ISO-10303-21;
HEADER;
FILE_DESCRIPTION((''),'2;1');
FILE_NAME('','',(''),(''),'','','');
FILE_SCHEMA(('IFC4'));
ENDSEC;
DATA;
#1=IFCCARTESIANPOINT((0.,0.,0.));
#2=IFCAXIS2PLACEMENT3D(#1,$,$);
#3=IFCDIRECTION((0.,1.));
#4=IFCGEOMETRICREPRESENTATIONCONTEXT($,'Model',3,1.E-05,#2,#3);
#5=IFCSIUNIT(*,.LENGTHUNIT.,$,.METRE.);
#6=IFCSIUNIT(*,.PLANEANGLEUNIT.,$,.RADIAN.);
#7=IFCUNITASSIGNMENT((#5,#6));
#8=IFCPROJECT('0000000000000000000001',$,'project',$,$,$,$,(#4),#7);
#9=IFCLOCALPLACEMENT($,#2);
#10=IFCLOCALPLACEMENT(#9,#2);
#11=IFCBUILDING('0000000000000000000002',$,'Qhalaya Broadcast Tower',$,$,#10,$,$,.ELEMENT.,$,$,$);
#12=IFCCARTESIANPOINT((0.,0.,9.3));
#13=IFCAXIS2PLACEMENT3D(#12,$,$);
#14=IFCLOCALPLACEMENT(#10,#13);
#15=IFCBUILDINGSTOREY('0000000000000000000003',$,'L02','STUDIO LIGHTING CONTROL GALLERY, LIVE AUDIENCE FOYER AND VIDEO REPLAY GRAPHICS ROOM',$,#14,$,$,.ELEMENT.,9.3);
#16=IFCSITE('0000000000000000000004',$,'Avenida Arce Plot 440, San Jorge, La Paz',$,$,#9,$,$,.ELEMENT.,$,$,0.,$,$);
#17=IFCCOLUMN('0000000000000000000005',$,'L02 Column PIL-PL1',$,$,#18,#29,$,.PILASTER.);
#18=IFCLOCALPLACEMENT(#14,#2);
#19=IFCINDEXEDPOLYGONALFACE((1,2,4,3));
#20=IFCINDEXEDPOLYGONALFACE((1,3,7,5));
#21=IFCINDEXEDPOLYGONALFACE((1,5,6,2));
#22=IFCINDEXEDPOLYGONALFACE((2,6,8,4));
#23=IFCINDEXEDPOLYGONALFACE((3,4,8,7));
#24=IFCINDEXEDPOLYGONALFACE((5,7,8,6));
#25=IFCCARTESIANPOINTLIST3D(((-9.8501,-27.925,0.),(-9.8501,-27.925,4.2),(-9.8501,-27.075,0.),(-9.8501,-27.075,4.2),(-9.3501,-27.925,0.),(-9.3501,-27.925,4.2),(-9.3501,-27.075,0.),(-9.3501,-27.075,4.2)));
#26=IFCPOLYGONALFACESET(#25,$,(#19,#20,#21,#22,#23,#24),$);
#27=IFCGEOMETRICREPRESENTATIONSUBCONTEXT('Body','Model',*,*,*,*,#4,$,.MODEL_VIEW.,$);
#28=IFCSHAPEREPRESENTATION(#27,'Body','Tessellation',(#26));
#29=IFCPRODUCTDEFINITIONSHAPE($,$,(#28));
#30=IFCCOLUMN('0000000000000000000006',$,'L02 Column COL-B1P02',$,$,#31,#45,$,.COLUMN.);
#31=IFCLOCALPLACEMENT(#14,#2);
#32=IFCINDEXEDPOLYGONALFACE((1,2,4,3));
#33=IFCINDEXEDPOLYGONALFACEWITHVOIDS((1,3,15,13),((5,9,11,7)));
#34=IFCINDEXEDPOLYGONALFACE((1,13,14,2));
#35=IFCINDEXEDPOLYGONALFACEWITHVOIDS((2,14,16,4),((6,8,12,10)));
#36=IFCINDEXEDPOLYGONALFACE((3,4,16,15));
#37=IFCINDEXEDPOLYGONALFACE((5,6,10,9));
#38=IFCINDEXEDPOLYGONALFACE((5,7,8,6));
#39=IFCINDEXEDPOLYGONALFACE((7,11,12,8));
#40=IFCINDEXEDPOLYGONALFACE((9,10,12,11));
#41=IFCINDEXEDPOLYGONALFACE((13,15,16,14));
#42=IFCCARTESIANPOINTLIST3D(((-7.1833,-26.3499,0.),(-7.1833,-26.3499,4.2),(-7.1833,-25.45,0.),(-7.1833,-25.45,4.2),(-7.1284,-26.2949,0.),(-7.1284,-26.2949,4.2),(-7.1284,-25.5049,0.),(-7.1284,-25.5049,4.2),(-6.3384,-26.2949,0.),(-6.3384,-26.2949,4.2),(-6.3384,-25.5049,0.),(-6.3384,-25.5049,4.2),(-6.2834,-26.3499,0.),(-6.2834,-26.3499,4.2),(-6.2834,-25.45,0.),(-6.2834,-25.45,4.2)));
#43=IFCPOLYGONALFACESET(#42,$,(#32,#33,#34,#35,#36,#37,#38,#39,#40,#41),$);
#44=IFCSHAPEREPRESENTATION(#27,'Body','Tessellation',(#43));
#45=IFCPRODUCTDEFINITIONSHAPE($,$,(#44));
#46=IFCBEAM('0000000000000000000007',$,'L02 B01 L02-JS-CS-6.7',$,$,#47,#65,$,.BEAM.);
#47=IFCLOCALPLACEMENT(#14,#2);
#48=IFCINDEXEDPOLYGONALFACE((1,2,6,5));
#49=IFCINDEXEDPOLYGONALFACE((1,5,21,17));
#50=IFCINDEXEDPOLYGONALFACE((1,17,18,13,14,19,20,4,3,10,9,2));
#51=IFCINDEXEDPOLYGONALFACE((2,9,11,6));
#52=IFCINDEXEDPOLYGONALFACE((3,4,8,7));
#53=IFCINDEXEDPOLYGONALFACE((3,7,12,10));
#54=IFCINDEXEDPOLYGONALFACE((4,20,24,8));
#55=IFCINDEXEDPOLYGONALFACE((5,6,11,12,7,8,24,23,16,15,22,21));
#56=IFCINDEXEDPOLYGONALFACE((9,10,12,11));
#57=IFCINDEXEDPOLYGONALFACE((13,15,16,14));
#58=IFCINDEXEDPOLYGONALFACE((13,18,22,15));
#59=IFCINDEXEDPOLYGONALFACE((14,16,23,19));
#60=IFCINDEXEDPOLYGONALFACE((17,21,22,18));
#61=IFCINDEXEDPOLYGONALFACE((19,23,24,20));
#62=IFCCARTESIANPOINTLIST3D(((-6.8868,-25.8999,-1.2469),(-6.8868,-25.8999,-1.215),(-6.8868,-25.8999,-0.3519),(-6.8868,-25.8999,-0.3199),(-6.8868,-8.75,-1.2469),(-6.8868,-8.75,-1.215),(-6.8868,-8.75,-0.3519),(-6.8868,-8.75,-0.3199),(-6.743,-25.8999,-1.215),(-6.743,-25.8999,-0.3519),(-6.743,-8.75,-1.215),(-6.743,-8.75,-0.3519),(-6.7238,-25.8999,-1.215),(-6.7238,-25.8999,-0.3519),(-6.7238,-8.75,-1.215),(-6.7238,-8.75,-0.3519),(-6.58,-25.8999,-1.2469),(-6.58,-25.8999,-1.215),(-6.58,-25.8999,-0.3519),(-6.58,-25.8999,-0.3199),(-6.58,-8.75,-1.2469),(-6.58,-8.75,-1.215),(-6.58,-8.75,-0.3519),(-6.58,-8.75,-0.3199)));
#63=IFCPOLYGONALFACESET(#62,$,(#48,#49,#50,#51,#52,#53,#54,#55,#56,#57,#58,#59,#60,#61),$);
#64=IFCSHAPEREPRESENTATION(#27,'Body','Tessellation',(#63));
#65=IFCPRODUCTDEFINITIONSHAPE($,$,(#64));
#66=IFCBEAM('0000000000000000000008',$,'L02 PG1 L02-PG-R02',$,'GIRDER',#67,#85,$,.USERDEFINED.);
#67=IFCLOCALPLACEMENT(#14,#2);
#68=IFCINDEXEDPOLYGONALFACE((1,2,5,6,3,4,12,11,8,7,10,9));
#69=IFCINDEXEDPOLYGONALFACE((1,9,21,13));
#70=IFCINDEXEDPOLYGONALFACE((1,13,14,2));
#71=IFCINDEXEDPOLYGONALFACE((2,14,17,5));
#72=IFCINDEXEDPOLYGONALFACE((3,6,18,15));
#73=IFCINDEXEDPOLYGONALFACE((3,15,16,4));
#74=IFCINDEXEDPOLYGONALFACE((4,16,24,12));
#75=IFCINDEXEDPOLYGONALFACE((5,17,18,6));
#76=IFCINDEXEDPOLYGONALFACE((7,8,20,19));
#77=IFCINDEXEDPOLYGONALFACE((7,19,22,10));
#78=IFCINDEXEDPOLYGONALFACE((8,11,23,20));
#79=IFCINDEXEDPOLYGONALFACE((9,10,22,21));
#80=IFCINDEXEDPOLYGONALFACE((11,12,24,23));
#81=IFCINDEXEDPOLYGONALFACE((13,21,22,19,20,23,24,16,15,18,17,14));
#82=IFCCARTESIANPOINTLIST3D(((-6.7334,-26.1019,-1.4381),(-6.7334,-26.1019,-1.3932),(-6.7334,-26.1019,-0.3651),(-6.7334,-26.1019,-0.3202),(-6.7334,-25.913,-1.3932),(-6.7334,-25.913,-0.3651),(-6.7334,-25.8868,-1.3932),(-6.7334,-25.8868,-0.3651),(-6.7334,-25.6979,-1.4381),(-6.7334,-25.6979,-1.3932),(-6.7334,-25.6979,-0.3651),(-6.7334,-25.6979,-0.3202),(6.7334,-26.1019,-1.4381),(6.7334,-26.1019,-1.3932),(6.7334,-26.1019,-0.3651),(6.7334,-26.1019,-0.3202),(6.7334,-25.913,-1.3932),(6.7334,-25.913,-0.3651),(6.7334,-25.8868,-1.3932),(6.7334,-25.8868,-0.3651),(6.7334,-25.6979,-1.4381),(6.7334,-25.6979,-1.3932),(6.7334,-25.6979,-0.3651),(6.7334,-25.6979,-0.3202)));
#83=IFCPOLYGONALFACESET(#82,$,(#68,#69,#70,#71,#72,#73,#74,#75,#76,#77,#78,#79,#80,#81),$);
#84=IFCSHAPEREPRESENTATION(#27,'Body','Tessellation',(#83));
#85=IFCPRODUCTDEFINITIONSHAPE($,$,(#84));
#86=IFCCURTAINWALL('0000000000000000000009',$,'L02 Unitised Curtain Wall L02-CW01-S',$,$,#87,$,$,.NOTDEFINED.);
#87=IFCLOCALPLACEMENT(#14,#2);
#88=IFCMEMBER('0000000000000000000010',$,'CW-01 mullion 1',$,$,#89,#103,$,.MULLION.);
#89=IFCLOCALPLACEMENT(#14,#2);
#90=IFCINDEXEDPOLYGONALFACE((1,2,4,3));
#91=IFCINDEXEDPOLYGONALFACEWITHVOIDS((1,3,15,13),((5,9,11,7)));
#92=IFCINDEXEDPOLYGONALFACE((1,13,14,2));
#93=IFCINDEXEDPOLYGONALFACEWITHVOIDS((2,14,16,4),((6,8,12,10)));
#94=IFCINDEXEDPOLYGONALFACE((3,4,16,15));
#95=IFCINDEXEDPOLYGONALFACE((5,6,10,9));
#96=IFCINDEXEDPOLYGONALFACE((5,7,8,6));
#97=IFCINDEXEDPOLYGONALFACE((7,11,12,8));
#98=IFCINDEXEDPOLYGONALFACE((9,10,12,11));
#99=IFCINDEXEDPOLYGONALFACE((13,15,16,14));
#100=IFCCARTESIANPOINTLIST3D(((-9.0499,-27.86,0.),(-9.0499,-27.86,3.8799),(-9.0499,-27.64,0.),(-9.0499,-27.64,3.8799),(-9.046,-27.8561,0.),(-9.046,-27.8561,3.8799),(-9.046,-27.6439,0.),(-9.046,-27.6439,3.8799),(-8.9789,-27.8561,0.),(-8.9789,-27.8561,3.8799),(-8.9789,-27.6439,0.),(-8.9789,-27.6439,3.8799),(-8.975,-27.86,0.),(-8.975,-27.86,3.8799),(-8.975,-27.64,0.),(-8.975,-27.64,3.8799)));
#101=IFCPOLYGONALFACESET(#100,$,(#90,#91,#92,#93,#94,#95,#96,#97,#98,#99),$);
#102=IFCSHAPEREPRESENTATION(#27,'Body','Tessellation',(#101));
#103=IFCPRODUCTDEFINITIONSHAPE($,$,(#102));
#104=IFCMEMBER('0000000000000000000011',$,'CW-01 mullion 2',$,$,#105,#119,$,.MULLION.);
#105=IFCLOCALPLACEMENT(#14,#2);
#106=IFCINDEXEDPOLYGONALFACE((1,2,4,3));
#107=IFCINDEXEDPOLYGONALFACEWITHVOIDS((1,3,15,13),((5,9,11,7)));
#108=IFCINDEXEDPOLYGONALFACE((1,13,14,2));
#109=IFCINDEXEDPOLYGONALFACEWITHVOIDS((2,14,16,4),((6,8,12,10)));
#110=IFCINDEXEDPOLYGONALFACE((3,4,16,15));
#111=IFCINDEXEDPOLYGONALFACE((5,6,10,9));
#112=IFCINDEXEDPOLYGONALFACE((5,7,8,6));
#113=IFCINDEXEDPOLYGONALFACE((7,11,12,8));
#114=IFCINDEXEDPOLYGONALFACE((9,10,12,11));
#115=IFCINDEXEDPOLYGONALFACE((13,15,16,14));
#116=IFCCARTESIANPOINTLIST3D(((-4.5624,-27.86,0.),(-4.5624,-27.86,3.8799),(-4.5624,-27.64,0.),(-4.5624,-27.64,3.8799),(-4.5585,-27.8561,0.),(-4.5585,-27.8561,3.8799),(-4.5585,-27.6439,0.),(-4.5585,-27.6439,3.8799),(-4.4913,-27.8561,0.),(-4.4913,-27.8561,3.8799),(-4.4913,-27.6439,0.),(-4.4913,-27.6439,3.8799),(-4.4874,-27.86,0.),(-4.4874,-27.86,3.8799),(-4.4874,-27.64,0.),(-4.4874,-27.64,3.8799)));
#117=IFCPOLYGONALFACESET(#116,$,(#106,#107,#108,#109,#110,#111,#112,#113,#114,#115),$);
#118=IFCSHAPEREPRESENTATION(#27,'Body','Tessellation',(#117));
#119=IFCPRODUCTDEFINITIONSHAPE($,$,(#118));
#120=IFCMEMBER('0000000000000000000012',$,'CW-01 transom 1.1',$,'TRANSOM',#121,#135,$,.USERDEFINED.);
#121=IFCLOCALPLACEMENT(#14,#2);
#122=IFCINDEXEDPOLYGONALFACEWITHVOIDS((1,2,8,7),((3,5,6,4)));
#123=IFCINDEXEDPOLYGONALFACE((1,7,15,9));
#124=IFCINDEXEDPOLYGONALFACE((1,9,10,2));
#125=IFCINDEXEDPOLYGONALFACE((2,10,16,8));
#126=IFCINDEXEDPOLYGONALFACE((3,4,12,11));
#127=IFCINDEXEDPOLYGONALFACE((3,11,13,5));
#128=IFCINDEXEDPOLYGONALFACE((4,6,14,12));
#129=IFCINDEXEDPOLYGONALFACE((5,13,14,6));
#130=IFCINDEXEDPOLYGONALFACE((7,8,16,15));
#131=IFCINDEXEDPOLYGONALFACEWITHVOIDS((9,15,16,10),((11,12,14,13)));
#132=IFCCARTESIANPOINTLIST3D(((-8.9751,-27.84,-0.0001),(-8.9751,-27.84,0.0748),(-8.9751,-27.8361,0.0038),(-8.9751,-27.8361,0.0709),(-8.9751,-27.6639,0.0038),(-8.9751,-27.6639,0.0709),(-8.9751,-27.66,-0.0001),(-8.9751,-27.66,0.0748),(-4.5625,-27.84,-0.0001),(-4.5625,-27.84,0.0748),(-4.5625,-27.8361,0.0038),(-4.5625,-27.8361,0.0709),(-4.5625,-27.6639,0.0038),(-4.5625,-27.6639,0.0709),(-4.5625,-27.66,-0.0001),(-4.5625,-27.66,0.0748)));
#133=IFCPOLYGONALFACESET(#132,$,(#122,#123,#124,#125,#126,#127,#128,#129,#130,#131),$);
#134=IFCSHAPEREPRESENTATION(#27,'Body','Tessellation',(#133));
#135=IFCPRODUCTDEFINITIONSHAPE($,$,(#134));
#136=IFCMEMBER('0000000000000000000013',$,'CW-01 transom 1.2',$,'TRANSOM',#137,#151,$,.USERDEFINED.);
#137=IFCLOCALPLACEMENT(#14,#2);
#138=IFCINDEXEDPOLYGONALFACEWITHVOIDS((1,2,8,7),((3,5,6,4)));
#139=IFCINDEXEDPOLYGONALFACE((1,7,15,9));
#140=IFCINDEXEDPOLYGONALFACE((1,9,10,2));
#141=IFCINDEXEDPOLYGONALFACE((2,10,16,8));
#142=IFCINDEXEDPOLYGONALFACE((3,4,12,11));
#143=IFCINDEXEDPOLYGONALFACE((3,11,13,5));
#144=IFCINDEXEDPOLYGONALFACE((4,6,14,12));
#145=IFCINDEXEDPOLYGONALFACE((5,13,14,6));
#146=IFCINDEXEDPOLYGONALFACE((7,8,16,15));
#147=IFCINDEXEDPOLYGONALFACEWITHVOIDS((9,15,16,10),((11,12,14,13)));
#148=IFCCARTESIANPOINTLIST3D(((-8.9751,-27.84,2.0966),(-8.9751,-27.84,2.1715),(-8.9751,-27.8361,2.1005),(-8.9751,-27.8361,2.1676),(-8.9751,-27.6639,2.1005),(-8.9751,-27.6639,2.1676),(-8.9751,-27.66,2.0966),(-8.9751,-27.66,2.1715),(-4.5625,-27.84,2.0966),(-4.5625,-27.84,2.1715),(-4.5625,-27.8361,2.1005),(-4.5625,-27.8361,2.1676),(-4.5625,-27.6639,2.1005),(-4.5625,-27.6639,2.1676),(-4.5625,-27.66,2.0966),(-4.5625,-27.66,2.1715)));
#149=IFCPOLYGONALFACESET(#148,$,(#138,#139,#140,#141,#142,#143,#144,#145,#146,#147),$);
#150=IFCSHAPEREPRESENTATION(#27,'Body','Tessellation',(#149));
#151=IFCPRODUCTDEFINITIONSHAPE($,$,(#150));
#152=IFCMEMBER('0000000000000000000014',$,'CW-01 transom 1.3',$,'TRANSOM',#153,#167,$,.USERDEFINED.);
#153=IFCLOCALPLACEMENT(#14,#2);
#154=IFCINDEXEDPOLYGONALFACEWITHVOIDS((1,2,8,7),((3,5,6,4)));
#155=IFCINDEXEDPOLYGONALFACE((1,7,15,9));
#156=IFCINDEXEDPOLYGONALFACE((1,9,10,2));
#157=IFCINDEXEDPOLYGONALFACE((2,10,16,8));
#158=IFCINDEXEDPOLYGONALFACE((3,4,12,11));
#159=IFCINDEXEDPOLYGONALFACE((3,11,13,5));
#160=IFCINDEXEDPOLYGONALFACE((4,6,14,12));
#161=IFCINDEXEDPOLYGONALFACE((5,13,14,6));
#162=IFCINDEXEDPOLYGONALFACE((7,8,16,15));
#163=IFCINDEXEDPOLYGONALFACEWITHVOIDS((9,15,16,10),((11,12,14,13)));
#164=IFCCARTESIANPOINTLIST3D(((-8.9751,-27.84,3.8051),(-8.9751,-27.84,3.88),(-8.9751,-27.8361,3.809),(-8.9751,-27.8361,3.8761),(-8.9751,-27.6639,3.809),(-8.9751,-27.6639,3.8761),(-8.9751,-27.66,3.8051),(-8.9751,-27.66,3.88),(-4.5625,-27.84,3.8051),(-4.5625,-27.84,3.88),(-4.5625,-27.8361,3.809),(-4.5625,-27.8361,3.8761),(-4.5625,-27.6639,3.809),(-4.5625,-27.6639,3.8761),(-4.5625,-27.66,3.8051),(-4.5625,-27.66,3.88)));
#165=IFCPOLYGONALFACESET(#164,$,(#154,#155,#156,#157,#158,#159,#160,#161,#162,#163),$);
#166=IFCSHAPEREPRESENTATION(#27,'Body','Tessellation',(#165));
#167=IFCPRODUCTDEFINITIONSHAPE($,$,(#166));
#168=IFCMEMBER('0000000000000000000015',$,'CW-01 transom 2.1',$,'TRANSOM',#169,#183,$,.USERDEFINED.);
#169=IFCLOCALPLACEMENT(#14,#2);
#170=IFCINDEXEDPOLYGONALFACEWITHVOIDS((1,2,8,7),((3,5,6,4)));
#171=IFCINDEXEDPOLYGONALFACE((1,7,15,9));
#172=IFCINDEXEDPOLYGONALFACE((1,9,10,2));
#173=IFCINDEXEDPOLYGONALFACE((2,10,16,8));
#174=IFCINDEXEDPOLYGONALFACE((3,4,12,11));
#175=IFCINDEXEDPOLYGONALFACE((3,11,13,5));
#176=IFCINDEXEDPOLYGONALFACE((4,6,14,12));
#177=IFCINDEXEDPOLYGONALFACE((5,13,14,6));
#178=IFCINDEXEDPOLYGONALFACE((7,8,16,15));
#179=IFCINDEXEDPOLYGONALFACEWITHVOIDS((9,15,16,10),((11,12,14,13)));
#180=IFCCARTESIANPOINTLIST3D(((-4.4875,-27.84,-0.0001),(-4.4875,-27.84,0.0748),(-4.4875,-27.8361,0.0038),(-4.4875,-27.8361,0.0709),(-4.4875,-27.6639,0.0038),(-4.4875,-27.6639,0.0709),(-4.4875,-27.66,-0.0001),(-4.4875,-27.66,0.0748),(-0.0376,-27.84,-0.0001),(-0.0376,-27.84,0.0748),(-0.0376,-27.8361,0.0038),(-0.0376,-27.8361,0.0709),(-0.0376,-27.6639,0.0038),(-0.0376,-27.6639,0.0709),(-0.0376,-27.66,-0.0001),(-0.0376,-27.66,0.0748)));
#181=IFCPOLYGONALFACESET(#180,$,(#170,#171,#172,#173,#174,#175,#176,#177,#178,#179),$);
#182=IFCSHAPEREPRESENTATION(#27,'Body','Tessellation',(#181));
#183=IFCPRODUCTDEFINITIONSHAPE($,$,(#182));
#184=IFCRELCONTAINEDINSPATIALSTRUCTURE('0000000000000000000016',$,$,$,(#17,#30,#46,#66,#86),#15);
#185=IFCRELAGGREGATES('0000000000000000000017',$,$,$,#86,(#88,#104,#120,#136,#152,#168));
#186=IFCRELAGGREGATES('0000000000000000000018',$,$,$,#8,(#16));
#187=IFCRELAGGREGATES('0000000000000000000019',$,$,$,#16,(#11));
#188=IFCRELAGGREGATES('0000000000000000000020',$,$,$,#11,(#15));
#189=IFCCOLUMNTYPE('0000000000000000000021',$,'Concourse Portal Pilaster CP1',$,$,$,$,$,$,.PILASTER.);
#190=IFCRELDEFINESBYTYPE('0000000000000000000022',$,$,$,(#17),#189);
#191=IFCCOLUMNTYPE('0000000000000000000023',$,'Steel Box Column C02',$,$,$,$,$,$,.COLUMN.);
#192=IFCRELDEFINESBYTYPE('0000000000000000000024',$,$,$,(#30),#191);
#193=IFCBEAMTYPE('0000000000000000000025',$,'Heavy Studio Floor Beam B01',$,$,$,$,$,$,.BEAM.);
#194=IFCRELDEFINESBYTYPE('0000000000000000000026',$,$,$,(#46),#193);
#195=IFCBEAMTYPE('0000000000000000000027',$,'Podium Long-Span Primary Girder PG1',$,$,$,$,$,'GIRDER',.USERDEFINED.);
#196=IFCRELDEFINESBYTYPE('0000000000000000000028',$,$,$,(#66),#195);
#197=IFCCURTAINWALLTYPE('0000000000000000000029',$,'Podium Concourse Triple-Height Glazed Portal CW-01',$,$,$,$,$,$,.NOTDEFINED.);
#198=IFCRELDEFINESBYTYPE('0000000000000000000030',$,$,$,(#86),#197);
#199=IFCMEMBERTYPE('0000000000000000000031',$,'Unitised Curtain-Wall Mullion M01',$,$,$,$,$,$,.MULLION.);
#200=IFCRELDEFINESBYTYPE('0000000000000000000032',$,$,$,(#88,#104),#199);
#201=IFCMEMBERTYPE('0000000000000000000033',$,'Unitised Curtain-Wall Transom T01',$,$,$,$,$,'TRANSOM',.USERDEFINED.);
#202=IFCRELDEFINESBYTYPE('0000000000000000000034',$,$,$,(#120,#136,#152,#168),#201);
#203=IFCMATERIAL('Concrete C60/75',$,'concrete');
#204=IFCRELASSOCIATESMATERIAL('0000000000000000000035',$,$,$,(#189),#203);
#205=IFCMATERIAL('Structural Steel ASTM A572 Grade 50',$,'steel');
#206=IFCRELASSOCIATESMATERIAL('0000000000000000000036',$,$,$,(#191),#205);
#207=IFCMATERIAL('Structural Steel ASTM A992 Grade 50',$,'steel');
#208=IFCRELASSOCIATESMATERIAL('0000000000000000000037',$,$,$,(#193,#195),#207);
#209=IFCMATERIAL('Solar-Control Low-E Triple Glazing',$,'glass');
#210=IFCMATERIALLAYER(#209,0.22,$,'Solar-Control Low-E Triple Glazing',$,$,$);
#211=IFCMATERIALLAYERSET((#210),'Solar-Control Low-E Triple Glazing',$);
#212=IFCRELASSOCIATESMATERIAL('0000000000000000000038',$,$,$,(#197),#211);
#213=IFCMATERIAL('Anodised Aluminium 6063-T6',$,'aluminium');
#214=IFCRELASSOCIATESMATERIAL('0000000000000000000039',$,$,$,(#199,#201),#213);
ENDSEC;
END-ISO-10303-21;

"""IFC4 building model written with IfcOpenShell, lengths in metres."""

from ifc_helpers import new_model, si_unit, direction, frame, origin, origin_2d, place, context, subcontext, project, spatial, rectangle, hollow_rectangle, i_section, extrude, material, layer, layer_set, material_profile, profile_set, type_object, element, aggregate, save


model = new_model("IFC4")

# Units and contexts
model_context = context("Model", 3, precision=1e-05, world=origin(), true_north=direction((0.0, 1.0)))
body_context = subcontext(model_context, "Body", "Model", "MODEL_VIEW")
ifc_project = project(units=[si_unit("LENGTHUNIT", "METRE"), si_unit("PLANEANGLEUNIT", "RADIAN")], contexts=[model_context])

# Site, building, storey
site_placement = place(None, origin())
site = spatial("IfcSite", under=ifc_project, at=site_placement, Name="Avenida Arce Plot 440, San Jorge, La Paz", CompositionType="ELEMENT", RefElevation=0.0)
building_placement = place(site_placement, origin())
building = spatial("IfcBuilding", under=site, at=building_placement, Name="Qhalaya Broadcast Tower", CompositionType="ELEMENT")
storey_placement = place(building_placement, frame((0.0, 0.0, 9.3)))
storey = spatial("IfcBuildingStorey", under=building, at=storey_placement, Name="L02", Description="STUDIO LIGHTING CONTROL GALLERY, LIVE AUDIENCE FOYER AND VIDEO REPLAY GRAPHICS ROOM", CompositionType="ELEMENT", Elevation=9.3)

# Columns
ifc_material_1 = material(Name="Concrete C60/75", Category="concrete")
ifc_material_profile_1 = material_profile(ifc_material_1, rectangle(XDim=0.5, YDim=0.8501, at=origin_2d()), Name="RC-PIL 500x850")
ifc_profile_set_1 = profile_set([ifc_material_profile_1], Name="Concrete C60/75")
column_type_1 = type_object("IfcColumnType", Name="Concourse Portal Pilaster CP1", PredefinedType="PILASTER", material=ifc_profile_set_1)
column_1_placement = place(storey_placement, frame((-9.6001, -27.5, 0.0), z_axis=(0.0, 0.0, 1.0), x_axis=(1.0, 0.0, 0.0)))
element("IfcColumn", 1, at=column_1_placement, inside=storey, type_object=column_type_1, Name="L02 Column PIL-PL1", PredefinedType="PILASTER", context=body_context, shape_type="SweptSolid", body=[
    extrude(rectangle(XDim=0.5, YDim=0.8501, at=origin_2d()), origin(), (0.0, 0.0, 1.0), 4.2),
])
ifc_material_2 = material(Name="Structural Steel ASTM A572 Grade 50", Category="steel")
ifc_material_profile_2 = material_profile(ifc_material_2, hollow_rectangle(XDim=0.8999, YDim=0.8999, WallThickness=0.0549, at=origin_2d()), Name="BOX 900x900x55")
ifc_profile_set_2 = profile_set([ifc_material_profile_2], Name="Structural Steel ASTM A572 Grade 50")
column_type_2 = type_object("IfcColumnType", Name="Steel Box Column C02", PredefinedType="COLUMN", material=ifc_profile_set_2)
column_2_placement = place(storey_placement, frame((-6.7334, -25.8999, 0.0), z_axis=(0.0, 0.0, 1.0), x_axis=(1.0, 0.0, 0.0)))
element("IfcColumn", 2, at=column_2_placement, inside=storey, type_object=column_type_2, Name="L02 Column COL-B1P02", PredefinedType="COLUMN", context=body_context, shape_type="SweptSolid", body=[
    extrude(hollow_rectangle(XDim=0.8999, YDim=0.8999, WallThickness=0.0549, at=origin_2d()), origin(), (0.0, 0.0, 1.0), 4.2),
])

# Beams
ifc_material_3 = material(Name="Structural Steel ASTM A992 Grade 50", Category="steel")
ifc_material_profile_3 = material_profile(ifc_material_3, i_section(OverallWidth=0.3069, OverallDepth=0.927, WebThickness=0.0193, FlangeThickness=0.032, at=origin_2d()), Name="W36X194")
ifc_profile_set_3 = profile_set([ifc_material_profile_3], Name="Structural Steel ASTM A992 Grade 50")
beam_type_1 = type_object("IfcBeamType", Name="Heavy Studio Floor Beam B01", PredefinedType="BEAM", material=ifc_profile_set_3)
beam_1_placement = place(storey_placement, frame((-6.7334, -25.8999, -0.7834), z_axis=(0.0, 1.0, 0.0), x_axis=(-1.0, 0.0, 0.0)))
element("IfcBeam", 3, at=beam_1_placement, inside=storey, type_object=beam_type_1, Name="L02 B01 L02-JS-CS-6.7", PredefinedType="BEAM", context=body_context, shape_type="SweptSolid", body=[
    extrude(i_section(OverallWidth=0.3069, OverallDepth=0.927, WebThickness=0.0193, FlangeThickness=0.032, at=origin_2d()), origin(), (0.0, 0.0, 1.0), 17.1499),
])
ifc_material_profile_4 = material_profile(ifc_material_3, i_section(OverallWidth=0.4041, OverallDepth=1.1179, WebThickness=0.0261, FlangeThickness=0.0449, at=origin_2d()), Name="W44X335")
ifc_profile_set_4 = profile_set([ifc_material_profile_4], Name="Structural Steel ASTM A992 Grade 50")
beam_type_2 = type_object("IfcBeamType", Name="Podium Long-Span Primary Girder PG1", ElementType="GIRDER", PredefinedType="USERDEFINED", material=ifc_profile_set_4)
beam_2_placement = place(storey_placement, frame((-6.7334, -25.8999, -0.8792), z_axis=(1.0, 0.0, 0.0), x_axis=(0.0, 1.0, 0.0)))
element("IfcBeam", 4, at=beam_2_placement, inside=storey, type_object=beam_type_2, Name="L02 PG1 L02-PG-R02", ObjectType="GIRDER", PredefinedType="USERDEFINED", context=body_context, shape_type="SweptSolid", body=[
    extrude(i_section(OverallWidth=0.4041, OverallDepth=1.1179, WebThickness=0.0261, FlangeThickness=0.0449, at=origin_2d()), origin(), (0.0, 0.0, 1.0), 13.4668),
])

# Curtain wall, members
ifc_material_4 = material(Name="Solar-Control Low-E Triple Glazing", Category="glass")
ifc_layer_1 = layer(ifc_material_4, 0.22, Name="Solar-Control Low-E Triple Glazing")
ifc_layer_set_1 = layer_set([ifc_layer_1], Name="Solar-Control Low-E Triple Glazing")
curtain_wall_type = type_object("IfcCurtainWallType", Name="Podium Concourse Triple-Height Glazed Portal CW-01", PredefinedType="NOTDEFINED", material=ifc_layer_set_1)
curtain_wall_placement = place(storey_placement, origin())
curtain_wall = element("IfcCurtainWall", 5, at=curtain_wall_placement, inside=storey, type_object=curtain_wall_type, Name="L02 Unitised Curtain Wall L02-CW01-S", PredefinedType="NOTDEFINED")
ifc_material_5 = material(Name="Anodised Aluminium 6063-T6", Category="aluminium")
ifc_material_profile_5 = material_profile(ifc_material_5, hollow_rectangle(XDim=0.075, YDim=0.22, WallThickness=0.0039, at=origin_2d()), Name="ALU-MUL 75x220x4")
ifc_profile_set_5 = profile_set([ifc_material_profile_5], Name="Anodised Aluminium 6063-T6")
member_type_1 = type_object("IfcMemberType", Name="Unitised Curtain-Wall Mullion M01", PredefinedType="MULLION", material=ifc_profile_set_5)
member_1_placement = place(storey_placement, frame((-9.0125, -27.75, 0.0), z_axis=(0.0, 0.0, 1.0), x_axis=(1.0, 0.0, 0.0)))
member_1 = element("IfcMember", 6, at=member_1_placement, type_object=member_type_1, Name="CW-01 mullion 1", PredefinedType="MULLION", context=body_context, shape_type="SweptSolid", body=[
    extrude(hollow_rectangle(XDim=0.075, YDim=0.22, WallThickness=0.0039, at=origin_2d()), origin(), (0.0, 0.0, 1.0), 3.8799),
])
member_2_placement = place(storey_placement, frame((-4.5249, -27.75, 0.0), z_axis=(0.0, 0.0, 1.0), x_axis=(1.0, 0.0, 0.0)))
member_2 = element("IfcMember", 7, at=member_2_placement, type_object=member_type_1, Name="CW-01 mullion 2", PredefinedType="MULLION", context=body_context, shape_type="SweptSolid", body=[
    extrude(hollow_rectangle(XDim=0.075, YDim=0.22, WallThickness=0.0039, at=origin_2d()), origin(), (0.0, 0.0, 1.0), 3.8799),
])
ifc_material_profile_6 = material_profile(ifc_material_5, hollow_rectangle(XDim=0.075, YDim=0.1799, WallThickness=0.0039, at=origin_2d()), Name="ALU-TRN 75x180x4")
ifc_profile_set_6 = profile_set([ifc_material_profile_6], Name="Anodised Aluminium 6063-T6")
member_type_2 = type_object("IfcMemberType", Name="Unitised Curtain-Wall Transom T01", ElementType="TRANSOM", PredefinedType="USERDEFINED", material=ifc_profile_set_6)
member_3_placement = place(storey_placement, frame((-8.9751, -27.75, 0.0374), z_axis=(1.0, 0.0, 0.0), x_axis=(0.0, 0.0, 1.0)))
member_3 = element("IfcMember", 8, at=member_3_placement, type_object=member_type_2, Name="CW-01 transom 1.1", ObjectType="TRANSOM", PredefinedType="USERDEFINED", context=body_context, shape_type="SweptSolid", body=[
    extrude(hollow_rectangle(XDim=0.075, YDim=0.1799, WallThickness=0.0039, at=origin_2d()), origin(), (0.0, 0.0, 1.0), 4.4126),
])
member_4_placement = place(storey_placement, frame((-8.9751, -27.75, 2.134), z_axis=(1.0, 0.0, 0.0), x_axis=(0.0, 0.0, 1.0)))
member_4 = element("IfcMember", 9, at=member_4_placement, type_object=member_type_2, Name="CW-01 transom 1.2", ObjectType="TRANSOM", PredefinedType="USERDEFINED", context=body_context, shape_type="SweptSolid", body=[
    extrude(hollow_rectangle(XDim=0.075, YDim=0.1799, WallThickness=0.0039, at=origin_2d()), origin(), (0.0, 0.0, 1.0), 4.4126),
])
member_5_placement = place(storey_placement, frame((-8.9751, -27.75, 3.8425), z_axis=(1.0, 0.0, 0.0), x_axis=(0.0, 0.0, 1.0)))
member_5 = element("IfcMember", 10, at=member_5_placement, type_object=member_type_2, Name="CW-01 transom 1.3", ObjectType="TRANSOM", PredefinedType="USERDEFINED", context=body_context, shape_type="SweptSolid", body=[
    extrude(hollow_rectangle(XDim=0.075, YDim=0.1799, WallThickness=0.0039, at=origin_2d()), origin(), (0.0, 0.0, 1.0), 4.4126),
])
member_6_placement = place(storey_placement, frame((-4.4875, -27.75, 0.0374), z_axis=(1.0, 0.0, 0.0), x_axis=(0.0, 0.0, 1.0)))
member_6 = element("IfcMember", 11, at=member_6_placement, type_object=member_type_2, Name="CW-01 transom 2.1", ObjectType="TRANSOM", PredefinedType="USERDEFINED", context=body_context, shape_type="SweptSolid", body=[
    extrude(hollow_rectangle(XDim=0.075, YDim=0.1799, WallThickness=0.0039, at=origin_2d()), origin(), (0.0, 0.0, 1.0), 4.45),
])
aggregate(curtain_wall, [member_1, member_2, member_3, member_4, member_5, member_6])

save(model, "model.ifc")
